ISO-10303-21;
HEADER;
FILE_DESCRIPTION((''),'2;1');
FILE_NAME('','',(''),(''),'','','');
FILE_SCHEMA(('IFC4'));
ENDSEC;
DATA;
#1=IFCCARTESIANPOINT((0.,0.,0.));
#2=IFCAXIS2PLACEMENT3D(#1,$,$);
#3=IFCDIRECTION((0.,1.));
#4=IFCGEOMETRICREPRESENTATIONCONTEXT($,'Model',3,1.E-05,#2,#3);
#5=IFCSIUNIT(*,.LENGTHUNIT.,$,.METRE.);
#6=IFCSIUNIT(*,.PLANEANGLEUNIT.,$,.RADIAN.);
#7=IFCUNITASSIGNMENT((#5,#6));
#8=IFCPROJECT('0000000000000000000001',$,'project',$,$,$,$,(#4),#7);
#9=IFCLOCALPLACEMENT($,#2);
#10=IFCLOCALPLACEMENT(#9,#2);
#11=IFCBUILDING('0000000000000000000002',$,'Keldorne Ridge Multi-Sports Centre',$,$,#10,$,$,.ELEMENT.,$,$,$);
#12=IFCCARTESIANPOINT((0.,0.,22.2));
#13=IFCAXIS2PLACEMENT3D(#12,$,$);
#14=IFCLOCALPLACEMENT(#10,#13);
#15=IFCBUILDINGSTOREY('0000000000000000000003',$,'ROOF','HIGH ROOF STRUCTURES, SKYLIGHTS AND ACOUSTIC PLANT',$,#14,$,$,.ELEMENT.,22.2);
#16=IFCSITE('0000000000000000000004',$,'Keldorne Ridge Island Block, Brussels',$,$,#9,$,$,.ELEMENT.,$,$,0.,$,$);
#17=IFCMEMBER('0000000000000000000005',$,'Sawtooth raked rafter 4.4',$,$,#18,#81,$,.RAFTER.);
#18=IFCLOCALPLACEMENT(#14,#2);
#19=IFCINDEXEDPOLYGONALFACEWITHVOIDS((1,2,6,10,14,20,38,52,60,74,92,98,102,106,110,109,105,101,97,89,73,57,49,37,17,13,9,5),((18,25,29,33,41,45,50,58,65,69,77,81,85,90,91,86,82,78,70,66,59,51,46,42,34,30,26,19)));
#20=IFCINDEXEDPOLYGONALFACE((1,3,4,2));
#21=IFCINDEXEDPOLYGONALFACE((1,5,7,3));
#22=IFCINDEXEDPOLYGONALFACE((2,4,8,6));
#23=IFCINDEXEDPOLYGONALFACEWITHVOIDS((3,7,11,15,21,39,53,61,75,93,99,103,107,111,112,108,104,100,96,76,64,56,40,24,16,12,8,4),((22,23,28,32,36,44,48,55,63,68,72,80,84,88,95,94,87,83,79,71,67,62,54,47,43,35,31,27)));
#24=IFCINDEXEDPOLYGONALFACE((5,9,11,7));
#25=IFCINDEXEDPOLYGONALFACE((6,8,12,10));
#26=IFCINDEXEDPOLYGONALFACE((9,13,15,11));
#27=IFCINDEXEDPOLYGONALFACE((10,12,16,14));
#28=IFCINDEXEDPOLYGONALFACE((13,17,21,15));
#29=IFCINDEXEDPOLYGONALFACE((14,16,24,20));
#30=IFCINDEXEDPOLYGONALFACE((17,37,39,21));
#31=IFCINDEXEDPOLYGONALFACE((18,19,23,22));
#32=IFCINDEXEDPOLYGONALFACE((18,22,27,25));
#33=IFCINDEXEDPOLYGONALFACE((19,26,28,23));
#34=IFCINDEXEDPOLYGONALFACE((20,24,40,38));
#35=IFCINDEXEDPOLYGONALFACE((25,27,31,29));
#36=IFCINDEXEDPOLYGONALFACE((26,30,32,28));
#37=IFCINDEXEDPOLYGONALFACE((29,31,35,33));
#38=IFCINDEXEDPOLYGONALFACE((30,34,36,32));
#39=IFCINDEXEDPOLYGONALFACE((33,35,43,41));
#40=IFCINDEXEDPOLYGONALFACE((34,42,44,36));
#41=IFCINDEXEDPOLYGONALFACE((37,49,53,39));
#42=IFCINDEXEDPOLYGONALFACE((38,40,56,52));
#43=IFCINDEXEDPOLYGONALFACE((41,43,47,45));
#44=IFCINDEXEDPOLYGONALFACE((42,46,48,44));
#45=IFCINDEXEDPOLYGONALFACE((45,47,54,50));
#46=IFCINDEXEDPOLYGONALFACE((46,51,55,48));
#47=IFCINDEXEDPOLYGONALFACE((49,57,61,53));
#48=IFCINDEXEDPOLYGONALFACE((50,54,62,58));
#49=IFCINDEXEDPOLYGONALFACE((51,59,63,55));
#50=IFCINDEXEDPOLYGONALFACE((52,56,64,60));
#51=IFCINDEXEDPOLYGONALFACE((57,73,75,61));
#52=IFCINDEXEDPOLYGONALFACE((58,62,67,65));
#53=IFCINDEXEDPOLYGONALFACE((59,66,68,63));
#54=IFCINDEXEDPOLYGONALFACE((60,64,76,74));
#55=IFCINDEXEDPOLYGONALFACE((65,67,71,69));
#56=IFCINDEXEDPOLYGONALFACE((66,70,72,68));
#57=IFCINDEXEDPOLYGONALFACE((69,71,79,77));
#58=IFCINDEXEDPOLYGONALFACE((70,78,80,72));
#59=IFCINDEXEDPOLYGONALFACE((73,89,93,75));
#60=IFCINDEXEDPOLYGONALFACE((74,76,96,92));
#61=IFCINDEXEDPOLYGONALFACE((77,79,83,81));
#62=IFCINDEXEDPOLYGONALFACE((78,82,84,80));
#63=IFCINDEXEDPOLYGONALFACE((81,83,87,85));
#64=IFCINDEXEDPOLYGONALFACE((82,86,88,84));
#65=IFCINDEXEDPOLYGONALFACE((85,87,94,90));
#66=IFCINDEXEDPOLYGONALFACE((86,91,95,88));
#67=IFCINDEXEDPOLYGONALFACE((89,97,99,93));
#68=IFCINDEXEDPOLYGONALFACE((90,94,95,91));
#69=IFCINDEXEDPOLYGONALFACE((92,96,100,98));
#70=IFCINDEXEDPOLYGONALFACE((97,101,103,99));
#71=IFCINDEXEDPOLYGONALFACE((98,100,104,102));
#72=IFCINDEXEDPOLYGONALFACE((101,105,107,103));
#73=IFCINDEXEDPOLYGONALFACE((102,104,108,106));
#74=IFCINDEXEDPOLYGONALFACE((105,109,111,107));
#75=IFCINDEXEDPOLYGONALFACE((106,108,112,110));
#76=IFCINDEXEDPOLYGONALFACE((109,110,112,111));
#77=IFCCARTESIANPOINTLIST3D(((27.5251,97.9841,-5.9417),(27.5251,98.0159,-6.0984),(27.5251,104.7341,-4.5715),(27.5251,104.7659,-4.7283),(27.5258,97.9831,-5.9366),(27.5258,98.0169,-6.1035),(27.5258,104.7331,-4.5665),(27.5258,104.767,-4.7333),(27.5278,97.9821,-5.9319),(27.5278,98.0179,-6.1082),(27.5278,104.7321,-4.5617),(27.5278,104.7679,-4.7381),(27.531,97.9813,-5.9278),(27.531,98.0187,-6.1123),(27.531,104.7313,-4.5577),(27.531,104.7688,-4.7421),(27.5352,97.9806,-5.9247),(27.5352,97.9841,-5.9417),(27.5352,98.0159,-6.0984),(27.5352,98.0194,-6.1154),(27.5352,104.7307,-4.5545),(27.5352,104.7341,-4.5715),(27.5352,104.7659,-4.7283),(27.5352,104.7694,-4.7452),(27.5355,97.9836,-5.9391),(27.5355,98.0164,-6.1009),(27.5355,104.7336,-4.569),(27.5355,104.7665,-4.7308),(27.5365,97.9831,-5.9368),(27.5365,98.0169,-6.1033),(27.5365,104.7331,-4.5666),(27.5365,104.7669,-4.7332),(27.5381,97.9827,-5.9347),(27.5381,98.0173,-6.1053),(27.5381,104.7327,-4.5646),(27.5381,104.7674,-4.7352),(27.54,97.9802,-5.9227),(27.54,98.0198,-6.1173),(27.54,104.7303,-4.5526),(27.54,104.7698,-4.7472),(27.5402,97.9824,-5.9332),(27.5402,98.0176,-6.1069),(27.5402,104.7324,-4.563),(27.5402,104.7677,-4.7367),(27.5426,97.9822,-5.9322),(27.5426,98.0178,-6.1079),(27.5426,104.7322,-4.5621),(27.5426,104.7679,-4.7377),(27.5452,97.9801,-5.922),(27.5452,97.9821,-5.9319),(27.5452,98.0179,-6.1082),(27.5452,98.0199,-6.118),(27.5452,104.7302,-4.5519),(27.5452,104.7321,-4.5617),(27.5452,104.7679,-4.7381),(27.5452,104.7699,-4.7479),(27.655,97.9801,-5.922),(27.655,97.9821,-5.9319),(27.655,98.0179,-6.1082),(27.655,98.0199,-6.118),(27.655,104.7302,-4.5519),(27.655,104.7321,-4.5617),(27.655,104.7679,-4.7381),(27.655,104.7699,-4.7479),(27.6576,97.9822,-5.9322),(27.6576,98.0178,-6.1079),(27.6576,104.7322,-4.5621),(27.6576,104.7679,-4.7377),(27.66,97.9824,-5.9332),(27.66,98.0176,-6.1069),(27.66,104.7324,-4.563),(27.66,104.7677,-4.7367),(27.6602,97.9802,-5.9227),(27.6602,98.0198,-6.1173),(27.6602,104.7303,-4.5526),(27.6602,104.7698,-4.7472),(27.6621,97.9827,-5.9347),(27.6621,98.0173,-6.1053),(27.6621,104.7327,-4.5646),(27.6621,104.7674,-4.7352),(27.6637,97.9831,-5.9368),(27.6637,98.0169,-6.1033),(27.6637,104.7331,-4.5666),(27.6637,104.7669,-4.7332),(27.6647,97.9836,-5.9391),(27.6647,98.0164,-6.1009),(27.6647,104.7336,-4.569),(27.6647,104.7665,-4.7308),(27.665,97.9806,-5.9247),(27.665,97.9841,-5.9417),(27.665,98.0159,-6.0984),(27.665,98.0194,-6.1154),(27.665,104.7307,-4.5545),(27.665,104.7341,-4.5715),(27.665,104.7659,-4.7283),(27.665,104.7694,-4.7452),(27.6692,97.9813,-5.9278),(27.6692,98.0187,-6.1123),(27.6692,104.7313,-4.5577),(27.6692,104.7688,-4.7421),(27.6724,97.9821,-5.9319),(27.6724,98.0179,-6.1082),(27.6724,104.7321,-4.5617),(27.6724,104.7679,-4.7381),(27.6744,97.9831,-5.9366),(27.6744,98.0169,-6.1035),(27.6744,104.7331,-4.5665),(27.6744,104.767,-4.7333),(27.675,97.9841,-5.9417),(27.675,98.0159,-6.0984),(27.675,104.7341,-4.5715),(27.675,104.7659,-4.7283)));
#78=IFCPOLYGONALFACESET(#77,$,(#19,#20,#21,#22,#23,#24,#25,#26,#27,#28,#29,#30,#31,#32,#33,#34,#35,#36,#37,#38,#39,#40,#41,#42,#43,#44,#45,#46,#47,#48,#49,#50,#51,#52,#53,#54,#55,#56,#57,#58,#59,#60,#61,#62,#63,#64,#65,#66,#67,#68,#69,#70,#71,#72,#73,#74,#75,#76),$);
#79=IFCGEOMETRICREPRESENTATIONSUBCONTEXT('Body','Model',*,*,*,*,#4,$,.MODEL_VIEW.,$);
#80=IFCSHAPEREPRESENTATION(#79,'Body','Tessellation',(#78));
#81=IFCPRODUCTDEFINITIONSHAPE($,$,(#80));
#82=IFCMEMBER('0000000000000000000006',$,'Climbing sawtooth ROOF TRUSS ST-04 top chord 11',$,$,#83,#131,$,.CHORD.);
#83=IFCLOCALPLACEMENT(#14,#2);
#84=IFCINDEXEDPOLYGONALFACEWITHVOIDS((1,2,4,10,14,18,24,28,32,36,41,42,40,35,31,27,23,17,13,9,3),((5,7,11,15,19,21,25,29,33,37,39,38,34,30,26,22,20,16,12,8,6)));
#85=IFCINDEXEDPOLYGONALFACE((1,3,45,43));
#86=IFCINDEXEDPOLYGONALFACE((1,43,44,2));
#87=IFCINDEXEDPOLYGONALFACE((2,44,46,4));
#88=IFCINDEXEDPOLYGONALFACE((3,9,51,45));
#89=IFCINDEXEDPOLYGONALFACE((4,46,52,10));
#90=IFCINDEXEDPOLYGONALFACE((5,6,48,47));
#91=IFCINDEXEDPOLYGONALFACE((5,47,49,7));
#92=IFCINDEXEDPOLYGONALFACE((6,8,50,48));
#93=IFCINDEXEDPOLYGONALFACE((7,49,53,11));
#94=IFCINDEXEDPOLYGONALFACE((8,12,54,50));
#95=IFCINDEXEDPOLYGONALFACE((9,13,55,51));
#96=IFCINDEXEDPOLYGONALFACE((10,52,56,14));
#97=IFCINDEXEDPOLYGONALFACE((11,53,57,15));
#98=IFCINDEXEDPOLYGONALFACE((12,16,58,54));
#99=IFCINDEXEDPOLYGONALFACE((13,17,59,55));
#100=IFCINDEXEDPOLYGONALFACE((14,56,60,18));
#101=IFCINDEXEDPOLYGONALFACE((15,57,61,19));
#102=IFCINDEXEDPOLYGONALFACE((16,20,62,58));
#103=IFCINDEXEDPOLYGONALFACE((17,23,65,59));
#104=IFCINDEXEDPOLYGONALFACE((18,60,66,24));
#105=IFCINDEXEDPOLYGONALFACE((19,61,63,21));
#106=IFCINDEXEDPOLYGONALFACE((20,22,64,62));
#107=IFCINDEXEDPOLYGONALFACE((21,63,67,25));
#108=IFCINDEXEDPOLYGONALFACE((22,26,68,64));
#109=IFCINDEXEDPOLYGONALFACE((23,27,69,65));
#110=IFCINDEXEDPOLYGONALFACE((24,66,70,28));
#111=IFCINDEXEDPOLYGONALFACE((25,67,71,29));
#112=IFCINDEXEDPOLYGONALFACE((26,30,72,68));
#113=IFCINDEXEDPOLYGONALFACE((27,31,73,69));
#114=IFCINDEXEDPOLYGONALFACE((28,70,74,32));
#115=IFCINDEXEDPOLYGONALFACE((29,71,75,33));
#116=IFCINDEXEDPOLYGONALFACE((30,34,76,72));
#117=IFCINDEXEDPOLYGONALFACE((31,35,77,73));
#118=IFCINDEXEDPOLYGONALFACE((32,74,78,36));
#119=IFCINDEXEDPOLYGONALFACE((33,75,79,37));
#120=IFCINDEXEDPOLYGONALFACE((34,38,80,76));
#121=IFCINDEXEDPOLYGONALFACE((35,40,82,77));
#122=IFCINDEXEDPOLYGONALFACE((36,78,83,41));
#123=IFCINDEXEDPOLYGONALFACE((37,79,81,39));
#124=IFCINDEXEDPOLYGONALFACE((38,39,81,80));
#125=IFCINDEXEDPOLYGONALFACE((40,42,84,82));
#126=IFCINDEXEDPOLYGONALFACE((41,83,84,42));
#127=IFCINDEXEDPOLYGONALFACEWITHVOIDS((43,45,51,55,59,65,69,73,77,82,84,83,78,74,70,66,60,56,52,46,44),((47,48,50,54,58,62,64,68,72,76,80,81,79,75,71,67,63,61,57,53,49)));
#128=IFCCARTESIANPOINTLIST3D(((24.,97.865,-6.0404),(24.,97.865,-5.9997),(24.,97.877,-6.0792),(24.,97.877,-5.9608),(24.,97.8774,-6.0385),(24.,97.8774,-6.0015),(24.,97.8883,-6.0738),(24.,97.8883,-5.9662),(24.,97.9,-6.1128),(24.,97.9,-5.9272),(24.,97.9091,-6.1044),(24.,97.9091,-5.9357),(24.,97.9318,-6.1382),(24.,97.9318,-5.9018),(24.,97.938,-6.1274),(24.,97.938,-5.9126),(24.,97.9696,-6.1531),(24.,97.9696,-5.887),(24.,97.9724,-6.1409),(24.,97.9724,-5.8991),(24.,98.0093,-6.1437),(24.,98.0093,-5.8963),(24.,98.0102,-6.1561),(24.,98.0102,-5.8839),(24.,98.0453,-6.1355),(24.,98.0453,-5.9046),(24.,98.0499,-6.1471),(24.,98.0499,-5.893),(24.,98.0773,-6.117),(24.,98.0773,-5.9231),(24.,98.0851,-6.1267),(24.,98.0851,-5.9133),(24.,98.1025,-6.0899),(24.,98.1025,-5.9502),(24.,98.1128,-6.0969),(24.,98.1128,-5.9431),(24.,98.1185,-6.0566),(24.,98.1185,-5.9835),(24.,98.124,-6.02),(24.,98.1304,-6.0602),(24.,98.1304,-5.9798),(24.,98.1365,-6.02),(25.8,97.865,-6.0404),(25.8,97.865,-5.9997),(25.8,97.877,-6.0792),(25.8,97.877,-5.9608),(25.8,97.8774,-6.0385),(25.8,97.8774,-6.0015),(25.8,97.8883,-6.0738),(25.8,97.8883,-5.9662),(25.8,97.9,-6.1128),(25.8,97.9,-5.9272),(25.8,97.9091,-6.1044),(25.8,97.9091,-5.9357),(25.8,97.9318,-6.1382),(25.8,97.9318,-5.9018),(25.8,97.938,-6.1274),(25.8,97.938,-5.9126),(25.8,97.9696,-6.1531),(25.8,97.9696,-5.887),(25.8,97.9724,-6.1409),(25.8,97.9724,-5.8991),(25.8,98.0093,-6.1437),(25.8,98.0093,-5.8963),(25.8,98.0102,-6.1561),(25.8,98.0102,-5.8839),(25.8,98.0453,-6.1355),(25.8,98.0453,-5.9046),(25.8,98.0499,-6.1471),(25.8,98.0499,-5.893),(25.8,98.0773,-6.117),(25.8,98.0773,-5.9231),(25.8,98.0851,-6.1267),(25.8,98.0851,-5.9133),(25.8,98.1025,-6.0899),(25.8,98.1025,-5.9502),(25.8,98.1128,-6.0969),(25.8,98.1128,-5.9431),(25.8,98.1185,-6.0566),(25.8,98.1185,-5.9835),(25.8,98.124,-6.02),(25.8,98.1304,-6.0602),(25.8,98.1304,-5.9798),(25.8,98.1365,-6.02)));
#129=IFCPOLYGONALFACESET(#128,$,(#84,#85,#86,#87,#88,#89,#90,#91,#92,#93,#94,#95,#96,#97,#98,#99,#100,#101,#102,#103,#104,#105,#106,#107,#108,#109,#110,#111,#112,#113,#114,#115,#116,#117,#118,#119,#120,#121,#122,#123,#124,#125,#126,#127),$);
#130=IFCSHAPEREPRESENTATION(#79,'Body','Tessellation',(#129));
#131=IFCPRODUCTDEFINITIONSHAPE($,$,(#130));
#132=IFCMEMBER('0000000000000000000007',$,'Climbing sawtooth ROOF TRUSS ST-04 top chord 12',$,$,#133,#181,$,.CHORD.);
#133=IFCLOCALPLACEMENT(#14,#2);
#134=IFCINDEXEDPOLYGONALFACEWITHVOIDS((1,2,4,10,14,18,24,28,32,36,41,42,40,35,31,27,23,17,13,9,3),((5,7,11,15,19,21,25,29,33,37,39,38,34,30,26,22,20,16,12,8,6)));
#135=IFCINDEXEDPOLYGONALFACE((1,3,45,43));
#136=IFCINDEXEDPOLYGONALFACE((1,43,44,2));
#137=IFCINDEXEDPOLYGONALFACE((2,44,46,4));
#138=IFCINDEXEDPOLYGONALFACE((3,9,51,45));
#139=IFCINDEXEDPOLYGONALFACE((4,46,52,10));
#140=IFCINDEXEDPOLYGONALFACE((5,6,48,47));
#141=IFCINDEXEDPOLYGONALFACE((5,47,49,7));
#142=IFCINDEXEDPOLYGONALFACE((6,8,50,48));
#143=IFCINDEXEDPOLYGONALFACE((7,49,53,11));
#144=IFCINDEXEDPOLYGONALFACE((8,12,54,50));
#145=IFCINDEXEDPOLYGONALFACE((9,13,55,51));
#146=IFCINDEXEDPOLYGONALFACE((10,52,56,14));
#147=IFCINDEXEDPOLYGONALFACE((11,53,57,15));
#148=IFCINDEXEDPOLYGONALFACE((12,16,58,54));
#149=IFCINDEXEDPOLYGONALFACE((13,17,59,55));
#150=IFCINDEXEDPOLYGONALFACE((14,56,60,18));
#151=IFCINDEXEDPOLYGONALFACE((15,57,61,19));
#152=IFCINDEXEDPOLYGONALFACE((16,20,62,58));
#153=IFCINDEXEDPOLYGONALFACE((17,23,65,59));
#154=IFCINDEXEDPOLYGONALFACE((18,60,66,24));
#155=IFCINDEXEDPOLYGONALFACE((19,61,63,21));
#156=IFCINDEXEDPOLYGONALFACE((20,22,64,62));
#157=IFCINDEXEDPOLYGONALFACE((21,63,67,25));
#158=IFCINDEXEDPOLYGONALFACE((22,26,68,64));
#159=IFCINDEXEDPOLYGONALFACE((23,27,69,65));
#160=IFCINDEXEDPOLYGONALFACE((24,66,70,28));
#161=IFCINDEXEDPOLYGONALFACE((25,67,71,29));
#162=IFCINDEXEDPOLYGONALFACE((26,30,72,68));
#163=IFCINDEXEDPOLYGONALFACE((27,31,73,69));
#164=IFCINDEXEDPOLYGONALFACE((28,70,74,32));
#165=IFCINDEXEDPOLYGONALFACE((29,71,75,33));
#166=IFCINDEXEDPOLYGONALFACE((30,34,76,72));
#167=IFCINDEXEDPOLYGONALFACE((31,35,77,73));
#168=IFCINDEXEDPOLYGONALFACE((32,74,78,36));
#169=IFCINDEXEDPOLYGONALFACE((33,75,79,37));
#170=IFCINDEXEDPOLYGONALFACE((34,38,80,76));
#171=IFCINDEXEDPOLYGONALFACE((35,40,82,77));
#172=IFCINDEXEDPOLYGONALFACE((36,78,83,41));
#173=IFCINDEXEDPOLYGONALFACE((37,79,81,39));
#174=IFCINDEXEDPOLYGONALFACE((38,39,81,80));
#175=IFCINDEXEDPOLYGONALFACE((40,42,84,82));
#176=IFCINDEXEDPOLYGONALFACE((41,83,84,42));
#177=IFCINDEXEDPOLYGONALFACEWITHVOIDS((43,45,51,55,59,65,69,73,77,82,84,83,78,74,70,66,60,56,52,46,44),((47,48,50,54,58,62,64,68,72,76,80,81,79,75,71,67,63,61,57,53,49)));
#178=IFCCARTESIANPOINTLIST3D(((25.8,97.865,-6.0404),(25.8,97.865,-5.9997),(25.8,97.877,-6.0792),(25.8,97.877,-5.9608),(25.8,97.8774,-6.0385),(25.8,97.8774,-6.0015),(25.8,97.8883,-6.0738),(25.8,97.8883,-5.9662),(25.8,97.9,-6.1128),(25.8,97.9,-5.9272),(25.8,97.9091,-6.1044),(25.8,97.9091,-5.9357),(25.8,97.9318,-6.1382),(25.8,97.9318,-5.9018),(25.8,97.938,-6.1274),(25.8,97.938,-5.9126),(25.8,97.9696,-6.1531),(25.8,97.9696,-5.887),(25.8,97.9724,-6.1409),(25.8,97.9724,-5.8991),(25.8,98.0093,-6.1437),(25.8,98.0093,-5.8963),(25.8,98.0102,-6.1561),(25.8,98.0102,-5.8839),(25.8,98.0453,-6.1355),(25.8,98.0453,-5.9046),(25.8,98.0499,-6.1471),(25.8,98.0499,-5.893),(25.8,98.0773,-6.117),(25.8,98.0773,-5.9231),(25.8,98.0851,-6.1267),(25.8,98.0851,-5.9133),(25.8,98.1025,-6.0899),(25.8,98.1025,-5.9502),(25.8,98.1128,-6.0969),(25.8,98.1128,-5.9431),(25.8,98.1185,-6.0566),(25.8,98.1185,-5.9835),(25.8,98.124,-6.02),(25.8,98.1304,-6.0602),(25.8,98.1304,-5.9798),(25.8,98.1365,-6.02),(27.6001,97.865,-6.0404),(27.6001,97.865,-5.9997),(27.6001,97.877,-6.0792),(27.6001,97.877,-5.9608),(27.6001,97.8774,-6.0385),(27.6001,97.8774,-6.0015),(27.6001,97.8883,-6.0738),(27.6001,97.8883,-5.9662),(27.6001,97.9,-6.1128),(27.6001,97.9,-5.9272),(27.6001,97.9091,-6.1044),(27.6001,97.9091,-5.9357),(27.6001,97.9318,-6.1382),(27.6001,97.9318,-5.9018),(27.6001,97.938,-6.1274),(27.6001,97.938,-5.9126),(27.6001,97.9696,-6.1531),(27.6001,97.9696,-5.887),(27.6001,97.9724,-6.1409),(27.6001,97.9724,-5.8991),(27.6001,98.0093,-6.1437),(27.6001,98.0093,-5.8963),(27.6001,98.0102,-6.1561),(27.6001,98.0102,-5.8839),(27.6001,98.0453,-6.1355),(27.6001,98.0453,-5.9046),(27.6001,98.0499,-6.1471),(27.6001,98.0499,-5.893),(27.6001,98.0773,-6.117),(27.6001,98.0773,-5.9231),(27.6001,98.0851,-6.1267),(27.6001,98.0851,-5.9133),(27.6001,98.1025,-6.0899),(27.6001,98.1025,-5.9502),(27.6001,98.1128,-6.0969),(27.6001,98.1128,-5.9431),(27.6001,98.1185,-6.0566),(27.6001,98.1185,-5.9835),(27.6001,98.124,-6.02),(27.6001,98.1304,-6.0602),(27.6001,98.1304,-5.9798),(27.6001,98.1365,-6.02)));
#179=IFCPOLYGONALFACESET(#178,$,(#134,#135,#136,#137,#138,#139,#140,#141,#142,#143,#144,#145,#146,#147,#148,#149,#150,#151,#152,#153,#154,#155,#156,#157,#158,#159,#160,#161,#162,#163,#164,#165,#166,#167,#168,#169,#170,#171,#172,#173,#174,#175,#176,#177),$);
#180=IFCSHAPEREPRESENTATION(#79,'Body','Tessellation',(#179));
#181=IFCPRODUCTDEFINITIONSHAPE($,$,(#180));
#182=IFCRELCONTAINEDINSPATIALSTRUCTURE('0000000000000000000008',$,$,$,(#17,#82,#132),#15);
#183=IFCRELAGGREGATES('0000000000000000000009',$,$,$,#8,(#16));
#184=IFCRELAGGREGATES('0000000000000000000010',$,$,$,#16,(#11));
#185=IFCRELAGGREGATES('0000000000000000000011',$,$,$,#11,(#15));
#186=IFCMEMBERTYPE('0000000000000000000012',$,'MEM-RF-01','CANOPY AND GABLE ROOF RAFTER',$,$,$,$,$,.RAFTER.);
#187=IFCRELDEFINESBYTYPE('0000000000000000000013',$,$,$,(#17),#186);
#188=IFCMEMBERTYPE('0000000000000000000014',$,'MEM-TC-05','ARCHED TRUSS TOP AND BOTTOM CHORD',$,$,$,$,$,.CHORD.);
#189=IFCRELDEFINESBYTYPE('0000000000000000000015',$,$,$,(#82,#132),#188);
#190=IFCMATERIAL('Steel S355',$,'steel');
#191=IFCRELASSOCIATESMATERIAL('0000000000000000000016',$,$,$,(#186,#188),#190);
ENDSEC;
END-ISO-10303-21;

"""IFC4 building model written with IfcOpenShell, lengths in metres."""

from ifc_helpers import new_model, si_unit, direction, frame, origin, origin_2d, place, context, subcontext, project, spatial, hollow_rectangle, hollow_circle, extrude, material, material_profile, profile_set, type_object, element, save


model = new_model("IFC4")

# Units and contexts
model_context = context("Model", 3, precision=1e-05, world=origin(), true_north=direction((0.0, 1.0)))
body_context = subcontext(model_context, "Body", "Model", "MODEL_VIEW")
ifc_project = project(units=[si_unit("LENGTHUNIT", "METRE"), si_unit("PLANEANGLEUNIT", "RADIAN")], contexts=[model_context])

# Site, building, storey
site_placement = place(None, origin())
site = spatial("IfcSite", under=ifc_project, at=site_placement, Name="Keldorne Ridge Island Block, Brussels", CompositionType="ELEMENT", RefElevation=0.0)
building_placement = place(site_placement, origin())
building = spatial("IfcBuilding", under=site, at=building_placement, Name="Keldorne Ridge Multi-Sports Centre", CompositionType="ELEMENT")
storey_placement = place(building_placement, frame((0.0, 0.0, 22.2)))
storey = spatial("IfcBuildingStorey", under=building, at=storey_placement, Name="ROOF", Description="HIGH ROOF STRUCTURES, SKYLIGHTS AND ACOUSTIC PLANT", CompositionType="ELEMENT", Elevation=22.2)

# Shared definitions
ifc_material_1 = material(Name="Steel S355", Category="steel")

# Members
ifc_material_profile_1 = material_profile(ifc_material_1, hollow_rectangle(XDim=0.1499, YDim=0.2, WallThickness=0.01, InnerFilletRadius=0.01, OuterFilletRadius=0.02, at=origin_2d()), Name="RHS 200x150x10")
ifc_profile_set_1 = profile_set([ifc_material_profile_1], Name="Steel S355")
member_type_1 = type_object("IfcMemberType", Name="MEM-RF-01", Description="CANOPY AND GABLE ROOF RAFTER", PredefinedType="RAFTER", material=ifc_profile_set_1)
member_1_placement = place(storey_placement, frame((27.6001, 98.0, -6.02), z_axis=(0.0, 0.980015, 0.198924), x_axis=(-1.0, 0.0, 0.0)))
element("IfcMember", 1, at=member_1_placement, inside=storey, type_object=member_type_1, Name="Sawtooth raked rafter 4.4", PredefinedType="RAFTER", context=body_context, shape_type="SweptSolid", body=[
    extrude(hollow_rectangle(XDim=0.1499, YDim=0.2, WallThickness=0.01, InnerFilletRadius=0.01, OuterFilletRadius=0.02, at=origin_2d()), origin(), (0.0, 0.0, 1.0), 6.8877),
])
ifc_material_profile_2 = material_profile(ifc_material_1, hollow_circle(Radius=0.1365, WallThickness=0.0125, at=origin_2d()), Name="CHS 273x12.5")
ifc_profile_set_2 = profile_set([ifc_material_profile_2], Name="Steel S355")
member_type_2 = type_object("IfcMemberType", Name="MEM-TC-05", Description="ARCHED TRUSS TOP AND BOTTOM CHORD", PredefinedType="CHORD", material=ifc_profile_set_2)
for number, where, z_axis, x_axis, name in (
    (2, (24.0, 98.0, -6.02), (1.0, 0.0, 0.0), (0.0, 1.0, 0.0), "Climbing sawtooth ROOF TRUSS ST-04 top chord 11"),
    (3, (25.8, 98.0, -6.02), (1.0, 0.0, 0.0), (0.0, 1.0, 0.0), "Climbing sawtooth ROOF TRUSS ST-04 top chord 12"),
):
    element("IfcMember", number, at=place(storey_placement, frame(where, z_axis=z_axis, x_axis=x_axis)), inside=storey, type_object=member_type_2, Name=name, PredefinedType="CHORD", context=body_context, shape_type="SweptSolid", body=[
        extrude(hollow_circle(Radius=0.1365, WallThickness=0.0125, at=origin_2d()), origin(), (0.0, 0.0, 1.0), 1.8),
    ])

save(model, "model.ifc")
